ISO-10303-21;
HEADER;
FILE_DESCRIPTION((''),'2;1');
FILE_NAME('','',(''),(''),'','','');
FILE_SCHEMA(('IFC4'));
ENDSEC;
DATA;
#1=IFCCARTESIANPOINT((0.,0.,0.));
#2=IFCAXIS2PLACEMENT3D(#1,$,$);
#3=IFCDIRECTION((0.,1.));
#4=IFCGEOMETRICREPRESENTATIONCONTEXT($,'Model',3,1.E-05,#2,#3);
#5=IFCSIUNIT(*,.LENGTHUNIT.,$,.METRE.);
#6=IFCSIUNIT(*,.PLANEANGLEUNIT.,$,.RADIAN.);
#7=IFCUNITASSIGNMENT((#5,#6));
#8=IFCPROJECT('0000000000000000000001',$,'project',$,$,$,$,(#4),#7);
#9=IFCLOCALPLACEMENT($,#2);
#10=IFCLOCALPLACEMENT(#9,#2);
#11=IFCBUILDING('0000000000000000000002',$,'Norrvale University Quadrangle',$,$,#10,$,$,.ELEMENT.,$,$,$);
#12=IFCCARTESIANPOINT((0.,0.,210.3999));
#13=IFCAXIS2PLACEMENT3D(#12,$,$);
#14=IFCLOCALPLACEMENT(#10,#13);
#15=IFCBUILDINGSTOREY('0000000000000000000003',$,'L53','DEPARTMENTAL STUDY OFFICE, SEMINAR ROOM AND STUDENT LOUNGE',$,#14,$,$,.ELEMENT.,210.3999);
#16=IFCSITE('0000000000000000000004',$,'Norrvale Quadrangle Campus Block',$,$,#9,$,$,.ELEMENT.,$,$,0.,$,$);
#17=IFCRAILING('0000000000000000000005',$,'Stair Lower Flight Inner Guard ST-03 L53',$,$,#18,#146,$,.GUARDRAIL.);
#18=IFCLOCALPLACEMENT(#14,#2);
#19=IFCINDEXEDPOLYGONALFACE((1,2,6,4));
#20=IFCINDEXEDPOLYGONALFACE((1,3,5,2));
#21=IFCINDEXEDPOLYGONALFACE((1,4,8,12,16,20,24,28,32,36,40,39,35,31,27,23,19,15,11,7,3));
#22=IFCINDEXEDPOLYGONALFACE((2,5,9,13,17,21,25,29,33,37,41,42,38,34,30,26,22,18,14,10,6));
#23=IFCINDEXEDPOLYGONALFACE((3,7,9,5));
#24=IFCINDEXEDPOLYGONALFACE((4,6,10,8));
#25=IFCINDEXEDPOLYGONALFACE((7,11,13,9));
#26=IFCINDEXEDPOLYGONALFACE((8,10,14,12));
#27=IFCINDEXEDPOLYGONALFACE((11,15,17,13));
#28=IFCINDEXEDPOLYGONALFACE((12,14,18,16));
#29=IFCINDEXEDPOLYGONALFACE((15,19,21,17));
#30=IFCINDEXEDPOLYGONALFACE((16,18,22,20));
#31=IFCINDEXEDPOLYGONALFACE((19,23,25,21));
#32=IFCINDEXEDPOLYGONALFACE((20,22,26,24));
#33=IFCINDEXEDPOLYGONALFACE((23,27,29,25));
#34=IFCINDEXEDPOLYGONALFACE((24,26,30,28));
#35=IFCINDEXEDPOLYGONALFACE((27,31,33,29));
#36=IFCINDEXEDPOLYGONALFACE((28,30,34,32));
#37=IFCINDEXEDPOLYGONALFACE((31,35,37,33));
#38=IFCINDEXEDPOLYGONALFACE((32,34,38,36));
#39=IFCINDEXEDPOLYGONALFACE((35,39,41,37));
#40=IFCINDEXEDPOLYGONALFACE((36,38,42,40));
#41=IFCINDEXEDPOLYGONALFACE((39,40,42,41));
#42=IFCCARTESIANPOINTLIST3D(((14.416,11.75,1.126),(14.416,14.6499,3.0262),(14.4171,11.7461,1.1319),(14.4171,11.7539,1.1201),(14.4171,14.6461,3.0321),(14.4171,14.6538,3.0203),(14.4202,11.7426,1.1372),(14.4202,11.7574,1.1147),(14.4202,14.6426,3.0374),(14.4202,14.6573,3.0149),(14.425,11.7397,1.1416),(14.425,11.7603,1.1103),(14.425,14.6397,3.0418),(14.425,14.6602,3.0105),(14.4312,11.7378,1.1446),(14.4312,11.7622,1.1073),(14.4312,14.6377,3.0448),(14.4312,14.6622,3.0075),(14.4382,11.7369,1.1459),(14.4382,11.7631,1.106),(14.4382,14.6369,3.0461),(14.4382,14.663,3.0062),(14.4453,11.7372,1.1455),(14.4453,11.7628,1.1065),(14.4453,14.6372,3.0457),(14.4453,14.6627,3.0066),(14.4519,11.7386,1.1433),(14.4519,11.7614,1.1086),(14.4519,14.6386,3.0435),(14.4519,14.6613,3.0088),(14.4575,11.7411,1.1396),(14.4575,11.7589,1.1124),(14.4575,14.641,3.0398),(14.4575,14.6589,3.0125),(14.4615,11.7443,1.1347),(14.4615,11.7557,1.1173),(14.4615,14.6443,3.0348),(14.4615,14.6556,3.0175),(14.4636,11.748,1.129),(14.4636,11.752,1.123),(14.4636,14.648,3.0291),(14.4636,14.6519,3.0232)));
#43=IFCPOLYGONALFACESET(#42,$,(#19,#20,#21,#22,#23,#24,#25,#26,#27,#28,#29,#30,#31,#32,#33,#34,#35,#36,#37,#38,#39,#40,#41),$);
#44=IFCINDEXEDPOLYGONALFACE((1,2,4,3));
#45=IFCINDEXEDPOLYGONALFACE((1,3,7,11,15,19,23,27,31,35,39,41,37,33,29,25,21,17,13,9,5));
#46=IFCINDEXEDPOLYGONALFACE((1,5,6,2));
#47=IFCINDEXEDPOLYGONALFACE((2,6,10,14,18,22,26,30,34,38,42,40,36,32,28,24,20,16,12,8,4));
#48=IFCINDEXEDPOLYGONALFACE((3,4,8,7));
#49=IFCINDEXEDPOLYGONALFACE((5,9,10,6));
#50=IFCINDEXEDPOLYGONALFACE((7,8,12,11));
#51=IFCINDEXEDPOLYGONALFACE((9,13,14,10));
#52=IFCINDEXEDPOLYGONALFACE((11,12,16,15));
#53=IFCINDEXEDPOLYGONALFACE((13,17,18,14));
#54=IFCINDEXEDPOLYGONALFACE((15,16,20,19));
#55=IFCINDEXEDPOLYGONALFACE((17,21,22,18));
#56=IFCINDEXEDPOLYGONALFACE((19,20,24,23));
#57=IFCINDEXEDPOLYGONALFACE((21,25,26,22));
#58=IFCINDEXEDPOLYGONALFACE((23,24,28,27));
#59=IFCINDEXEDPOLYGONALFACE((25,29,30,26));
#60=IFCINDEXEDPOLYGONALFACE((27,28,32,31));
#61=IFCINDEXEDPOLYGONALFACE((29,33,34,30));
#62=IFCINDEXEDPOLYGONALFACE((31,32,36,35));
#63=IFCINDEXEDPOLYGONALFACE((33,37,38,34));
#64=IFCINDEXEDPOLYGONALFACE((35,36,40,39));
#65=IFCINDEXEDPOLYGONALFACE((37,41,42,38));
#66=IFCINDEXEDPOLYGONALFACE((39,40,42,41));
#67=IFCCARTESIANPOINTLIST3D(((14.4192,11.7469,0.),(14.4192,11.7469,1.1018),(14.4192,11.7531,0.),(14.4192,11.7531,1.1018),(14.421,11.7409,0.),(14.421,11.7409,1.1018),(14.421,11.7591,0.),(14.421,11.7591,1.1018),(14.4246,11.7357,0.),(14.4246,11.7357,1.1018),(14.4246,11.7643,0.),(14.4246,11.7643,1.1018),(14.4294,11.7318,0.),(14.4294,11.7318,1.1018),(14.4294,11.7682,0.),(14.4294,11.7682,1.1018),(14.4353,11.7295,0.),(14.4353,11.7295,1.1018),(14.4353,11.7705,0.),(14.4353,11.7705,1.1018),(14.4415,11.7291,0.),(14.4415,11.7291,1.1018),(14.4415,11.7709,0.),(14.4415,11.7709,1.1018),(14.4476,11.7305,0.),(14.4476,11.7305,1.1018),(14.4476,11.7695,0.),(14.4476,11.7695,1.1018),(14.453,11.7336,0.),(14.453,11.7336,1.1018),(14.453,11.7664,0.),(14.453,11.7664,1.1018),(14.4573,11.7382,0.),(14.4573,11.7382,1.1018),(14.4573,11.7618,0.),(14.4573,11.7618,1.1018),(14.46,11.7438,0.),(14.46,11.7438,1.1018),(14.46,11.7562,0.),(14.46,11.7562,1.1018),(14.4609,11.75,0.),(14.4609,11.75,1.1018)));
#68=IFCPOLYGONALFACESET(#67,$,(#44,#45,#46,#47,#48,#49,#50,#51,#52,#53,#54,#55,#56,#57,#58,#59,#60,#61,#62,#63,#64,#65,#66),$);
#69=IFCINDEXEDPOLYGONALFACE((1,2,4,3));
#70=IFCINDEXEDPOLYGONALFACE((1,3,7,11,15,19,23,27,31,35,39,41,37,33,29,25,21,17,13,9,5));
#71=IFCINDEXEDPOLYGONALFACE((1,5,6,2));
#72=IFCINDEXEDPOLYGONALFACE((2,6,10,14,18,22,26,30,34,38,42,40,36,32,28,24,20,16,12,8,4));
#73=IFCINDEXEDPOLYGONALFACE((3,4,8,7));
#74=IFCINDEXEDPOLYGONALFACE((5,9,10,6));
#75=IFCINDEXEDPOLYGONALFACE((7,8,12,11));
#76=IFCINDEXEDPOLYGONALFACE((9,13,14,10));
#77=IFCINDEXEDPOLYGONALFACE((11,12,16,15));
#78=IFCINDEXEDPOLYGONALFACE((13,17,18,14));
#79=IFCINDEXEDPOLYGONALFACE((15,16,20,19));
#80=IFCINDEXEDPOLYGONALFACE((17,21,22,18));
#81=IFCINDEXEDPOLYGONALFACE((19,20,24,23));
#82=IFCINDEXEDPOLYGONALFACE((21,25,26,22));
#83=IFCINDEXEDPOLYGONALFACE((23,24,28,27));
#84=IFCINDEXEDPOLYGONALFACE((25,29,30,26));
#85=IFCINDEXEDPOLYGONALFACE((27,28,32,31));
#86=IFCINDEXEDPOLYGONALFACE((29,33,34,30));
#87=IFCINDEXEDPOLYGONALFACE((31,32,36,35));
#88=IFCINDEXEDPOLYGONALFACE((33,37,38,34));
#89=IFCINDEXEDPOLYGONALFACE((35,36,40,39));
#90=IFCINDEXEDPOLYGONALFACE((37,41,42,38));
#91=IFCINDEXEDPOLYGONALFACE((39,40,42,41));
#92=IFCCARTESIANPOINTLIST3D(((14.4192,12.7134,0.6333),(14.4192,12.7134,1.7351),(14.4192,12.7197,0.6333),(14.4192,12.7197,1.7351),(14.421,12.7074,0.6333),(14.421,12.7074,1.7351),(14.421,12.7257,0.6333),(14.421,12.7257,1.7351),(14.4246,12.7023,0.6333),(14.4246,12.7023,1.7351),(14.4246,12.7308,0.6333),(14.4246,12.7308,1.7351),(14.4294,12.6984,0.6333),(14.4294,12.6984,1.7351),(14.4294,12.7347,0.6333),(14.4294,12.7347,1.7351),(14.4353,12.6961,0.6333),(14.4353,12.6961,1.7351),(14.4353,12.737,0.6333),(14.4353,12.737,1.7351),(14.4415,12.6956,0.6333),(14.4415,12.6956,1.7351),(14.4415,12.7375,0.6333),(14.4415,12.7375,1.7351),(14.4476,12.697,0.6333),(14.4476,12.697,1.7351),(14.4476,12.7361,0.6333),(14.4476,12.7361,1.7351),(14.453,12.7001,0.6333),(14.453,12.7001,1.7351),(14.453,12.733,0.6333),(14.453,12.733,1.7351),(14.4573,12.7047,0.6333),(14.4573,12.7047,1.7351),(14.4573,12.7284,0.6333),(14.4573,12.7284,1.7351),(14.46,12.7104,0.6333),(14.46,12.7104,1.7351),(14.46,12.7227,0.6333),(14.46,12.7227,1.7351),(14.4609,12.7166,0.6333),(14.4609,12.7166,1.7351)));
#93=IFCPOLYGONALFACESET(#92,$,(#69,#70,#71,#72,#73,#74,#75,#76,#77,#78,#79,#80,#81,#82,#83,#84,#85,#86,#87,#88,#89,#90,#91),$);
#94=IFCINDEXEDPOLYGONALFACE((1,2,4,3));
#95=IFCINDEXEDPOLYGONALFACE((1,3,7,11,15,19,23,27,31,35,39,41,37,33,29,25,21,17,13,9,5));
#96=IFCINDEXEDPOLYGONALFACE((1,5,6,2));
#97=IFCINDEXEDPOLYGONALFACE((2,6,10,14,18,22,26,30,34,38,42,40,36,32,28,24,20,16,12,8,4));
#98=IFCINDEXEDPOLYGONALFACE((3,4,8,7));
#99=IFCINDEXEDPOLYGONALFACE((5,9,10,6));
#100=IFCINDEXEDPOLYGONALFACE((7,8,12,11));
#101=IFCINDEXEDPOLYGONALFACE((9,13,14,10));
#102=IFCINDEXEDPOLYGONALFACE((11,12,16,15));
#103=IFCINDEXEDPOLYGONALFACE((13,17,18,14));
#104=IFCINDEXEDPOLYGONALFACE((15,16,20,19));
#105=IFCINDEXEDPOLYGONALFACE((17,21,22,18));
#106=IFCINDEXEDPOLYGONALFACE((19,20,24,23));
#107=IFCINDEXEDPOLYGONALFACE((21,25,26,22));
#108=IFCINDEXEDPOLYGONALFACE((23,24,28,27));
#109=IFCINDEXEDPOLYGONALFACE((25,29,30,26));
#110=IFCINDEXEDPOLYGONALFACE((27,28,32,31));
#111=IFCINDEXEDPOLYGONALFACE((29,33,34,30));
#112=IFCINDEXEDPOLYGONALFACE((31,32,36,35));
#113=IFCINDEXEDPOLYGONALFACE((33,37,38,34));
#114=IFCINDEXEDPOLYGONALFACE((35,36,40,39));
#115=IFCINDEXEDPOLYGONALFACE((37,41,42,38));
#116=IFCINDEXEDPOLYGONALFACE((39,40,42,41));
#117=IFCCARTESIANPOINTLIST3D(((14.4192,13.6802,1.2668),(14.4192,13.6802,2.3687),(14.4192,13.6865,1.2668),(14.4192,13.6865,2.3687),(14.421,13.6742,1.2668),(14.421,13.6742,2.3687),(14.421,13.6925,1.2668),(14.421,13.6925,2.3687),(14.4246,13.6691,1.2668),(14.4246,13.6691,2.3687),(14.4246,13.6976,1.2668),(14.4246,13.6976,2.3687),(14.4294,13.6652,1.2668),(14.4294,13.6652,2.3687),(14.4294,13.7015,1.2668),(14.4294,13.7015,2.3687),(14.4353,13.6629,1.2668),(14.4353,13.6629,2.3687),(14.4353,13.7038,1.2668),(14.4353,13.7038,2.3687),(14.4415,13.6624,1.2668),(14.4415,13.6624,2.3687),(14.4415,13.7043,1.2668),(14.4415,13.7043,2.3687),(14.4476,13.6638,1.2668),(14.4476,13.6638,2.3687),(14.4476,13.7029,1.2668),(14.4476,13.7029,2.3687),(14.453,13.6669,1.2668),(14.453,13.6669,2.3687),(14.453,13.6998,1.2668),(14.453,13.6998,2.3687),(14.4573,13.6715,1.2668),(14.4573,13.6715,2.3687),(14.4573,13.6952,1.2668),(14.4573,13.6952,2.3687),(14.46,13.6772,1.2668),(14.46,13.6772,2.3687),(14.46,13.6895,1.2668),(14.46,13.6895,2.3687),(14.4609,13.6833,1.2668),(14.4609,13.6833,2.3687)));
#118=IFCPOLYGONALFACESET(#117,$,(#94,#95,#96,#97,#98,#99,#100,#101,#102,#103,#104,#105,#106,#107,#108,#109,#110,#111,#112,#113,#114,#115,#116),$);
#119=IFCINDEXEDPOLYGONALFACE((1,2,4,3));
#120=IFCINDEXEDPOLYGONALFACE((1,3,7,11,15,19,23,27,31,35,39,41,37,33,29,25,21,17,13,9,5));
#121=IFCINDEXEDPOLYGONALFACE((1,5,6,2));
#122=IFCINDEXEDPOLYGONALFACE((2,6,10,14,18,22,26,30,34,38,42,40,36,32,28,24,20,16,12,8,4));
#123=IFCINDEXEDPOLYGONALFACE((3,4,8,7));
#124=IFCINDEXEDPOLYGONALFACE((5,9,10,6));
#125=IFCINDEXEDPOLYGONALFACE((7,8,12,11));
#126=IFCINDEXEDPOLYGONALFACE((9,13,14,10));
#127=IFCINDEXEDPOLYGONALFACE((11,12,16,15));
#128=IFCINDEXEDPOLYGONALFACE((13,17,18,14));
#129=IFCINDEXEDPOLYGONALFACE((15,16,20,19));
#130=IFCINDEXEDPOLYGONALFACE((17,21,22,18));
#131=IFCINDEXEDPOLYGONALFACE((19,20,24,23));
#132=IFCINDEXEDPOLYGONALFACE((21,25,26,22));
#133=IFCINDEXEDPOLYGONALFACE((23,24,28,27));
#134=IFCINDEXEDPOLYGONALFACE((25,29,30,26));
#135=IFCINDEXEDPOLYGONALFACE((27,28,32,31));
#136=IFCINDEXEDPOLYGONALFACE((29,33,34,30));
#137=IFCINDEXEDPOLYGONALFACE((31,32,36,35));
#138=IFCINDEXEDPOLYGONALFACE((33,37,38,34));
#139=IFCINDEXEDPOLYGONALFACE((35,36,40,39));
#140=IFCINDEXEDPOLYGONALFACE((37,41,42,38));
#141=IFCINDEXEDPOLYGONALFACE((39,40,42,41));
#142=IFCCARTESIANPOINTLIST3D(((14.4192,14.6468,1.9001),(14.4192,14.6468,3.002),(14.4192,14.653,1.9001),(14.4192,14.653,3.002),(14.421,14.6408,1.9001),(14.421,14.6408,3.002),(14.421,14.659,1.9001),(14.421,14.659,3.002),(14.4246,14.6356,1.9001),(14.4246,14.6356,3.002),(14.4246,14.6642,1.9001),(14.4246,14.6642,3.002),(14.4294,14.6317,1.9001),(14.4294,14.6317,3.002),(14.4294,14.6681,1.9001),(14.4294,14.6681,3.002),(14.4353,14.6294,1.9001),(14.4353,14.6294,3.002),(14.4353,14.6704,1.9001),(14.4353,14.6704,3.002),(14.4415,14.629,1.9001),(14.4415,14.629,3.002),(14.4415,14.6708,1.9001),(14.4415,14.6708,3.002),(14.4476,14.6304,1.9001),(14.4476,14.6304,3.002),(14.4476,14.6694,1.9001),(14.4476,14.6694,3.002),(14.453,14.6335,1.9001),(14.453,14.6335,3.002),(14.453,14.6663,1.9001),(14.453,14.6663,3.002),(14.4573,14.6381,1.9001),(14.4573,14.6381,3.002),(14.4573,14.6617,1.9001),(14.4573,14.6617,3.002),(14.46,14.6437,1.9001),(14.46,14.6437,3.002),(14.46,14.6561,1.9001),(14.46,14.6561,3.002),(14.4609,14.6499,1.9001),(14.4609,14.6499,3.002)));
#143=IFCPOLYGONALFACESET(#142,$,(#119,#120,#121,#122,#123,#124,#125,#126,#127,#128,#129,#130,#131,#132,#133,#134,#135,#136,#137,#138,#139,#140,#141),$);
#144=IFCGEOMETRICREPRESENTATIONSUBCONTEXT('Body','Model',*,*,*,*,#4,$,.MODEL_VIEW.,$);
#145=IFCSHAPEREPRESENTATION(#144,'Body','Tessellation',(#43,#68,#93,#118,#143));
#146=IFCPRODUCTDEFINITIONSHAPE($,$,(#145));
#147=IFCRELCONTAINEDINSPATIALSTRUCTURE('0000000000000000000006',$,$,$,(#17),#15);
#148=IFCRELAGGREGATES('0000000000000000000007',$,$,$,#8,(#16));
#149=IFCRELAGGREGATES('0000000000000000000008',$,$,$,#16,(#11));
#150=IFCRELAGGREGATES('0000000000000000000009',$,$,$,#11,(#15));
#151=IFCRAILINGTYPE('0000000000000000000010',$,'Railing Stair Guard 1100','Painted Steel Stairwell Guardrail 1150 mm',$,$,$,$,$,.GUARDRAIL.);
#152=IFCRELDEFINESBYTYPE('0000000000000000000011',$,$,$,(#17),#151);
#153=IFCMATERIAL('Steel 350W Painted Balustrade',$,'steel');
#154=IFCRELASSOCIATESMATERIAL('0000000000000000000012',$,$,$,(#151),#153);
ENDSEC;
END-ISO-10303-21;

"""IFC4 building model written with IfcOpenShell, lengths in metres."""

from ifc_helpers import new_model, si_unit, direction, frame, origin, origin_2d, place, context, subcontext, project, spatial, circle, extrude, material, type_object, element, save


model = new_model("IFC4")

# Units and contexts
model_context = context("Model", 3, precision=1e-05, world=origin(), true_north=direction((0.0, 1.0)))
body_context = subcontext(model_context, "Body", "Model", "MODEL_VIEW")
ifc_project = project(units=[si_unit("LENGTHUNIT", "METRE"), si_unit("PLANEANGLEUNIT", "RADIAN")], contexts=[model_context])

# Site, building, storey
site_placement = place(None, origin())
site = spatial("IfcSite", under=ifc_project, at=site_placement, Name="Norrvale Quadrangle Campus Block", CompositionType="ELEMENT", RefElevation=0.0)
building_placement = place(site_placement, origin())
building = spatial("IfcBuilding", under=site, at=building_placement, Name="Norrvale University Quadrangle", CompositionType="ELEMENT")
storey_placement = place(building_placement, frame((0.0, 0.0, 210.3999)))
storey = spatial("IfcBuildingStorey", under=building, at=storey_placement, Name="L53", Description="DEPARTMENTAL STUDY OFFICE, SEMINAR ROOM AND STUDENT LOUNGE", CompositionType="ELEMENT", Elevation=210.3999)

# Railing
ifc_material_1 = material(Name="Steel 350W Painted Balustrade", Category="steel")
railing_type_1 = type_object("IfcRailingType", Name="Railing Stair Guard 1100", Description="Painted Steel Stairwell Guardrail 1150 mm", PredefinedType="GUARDRAIL", material=ifc_material_1)
railing_1_placement = place(storey_placement, frame((14.4399, 11.75, 0.0)))
element("IfcRailing", 1, at=railing_1_placement, inside=storey, type_object=railing_type_1, Name="Stair Lower Flight Inner Guard ST-03 L53", PredefinedType="GUARDRAIL", context=body_context, shape_type="SweptSolid", body=[
    extrude(circle(Radius=0.0239, at=origin_2d()), frame((0.0, 0.0, 1.126), z_axis=(0.0, 0.836433, 0.548069), x_axis=(-1.0, 0.0, 0.0)), (0.0, 0.0, 1.0), 3.467),
    extrude(circle(Radius=0.021, at=origin_2d()), origin(), (0.0, 0.0, 1.0), 1.1018),
    extrude(circle(Radius=0.021, at=origin_2d()), frame((0.0, 0.9666, 0.6333)), (0.0, 0.0, 1.0), 1.1018),
    extrude(circle(Radius=0.021, at=origin_2d()), frame((0.0, 1.9333, 1.2668)), (0.0, 0.0, 1.0), 1.1018),
    extrude(circle(Radius=0.021, at=origin_2d()), frame((0.0, 2.8999, 1.9001)), (0.0, 0.0, 1.0), 1.1018),
])

save(model, "model.ifc")
